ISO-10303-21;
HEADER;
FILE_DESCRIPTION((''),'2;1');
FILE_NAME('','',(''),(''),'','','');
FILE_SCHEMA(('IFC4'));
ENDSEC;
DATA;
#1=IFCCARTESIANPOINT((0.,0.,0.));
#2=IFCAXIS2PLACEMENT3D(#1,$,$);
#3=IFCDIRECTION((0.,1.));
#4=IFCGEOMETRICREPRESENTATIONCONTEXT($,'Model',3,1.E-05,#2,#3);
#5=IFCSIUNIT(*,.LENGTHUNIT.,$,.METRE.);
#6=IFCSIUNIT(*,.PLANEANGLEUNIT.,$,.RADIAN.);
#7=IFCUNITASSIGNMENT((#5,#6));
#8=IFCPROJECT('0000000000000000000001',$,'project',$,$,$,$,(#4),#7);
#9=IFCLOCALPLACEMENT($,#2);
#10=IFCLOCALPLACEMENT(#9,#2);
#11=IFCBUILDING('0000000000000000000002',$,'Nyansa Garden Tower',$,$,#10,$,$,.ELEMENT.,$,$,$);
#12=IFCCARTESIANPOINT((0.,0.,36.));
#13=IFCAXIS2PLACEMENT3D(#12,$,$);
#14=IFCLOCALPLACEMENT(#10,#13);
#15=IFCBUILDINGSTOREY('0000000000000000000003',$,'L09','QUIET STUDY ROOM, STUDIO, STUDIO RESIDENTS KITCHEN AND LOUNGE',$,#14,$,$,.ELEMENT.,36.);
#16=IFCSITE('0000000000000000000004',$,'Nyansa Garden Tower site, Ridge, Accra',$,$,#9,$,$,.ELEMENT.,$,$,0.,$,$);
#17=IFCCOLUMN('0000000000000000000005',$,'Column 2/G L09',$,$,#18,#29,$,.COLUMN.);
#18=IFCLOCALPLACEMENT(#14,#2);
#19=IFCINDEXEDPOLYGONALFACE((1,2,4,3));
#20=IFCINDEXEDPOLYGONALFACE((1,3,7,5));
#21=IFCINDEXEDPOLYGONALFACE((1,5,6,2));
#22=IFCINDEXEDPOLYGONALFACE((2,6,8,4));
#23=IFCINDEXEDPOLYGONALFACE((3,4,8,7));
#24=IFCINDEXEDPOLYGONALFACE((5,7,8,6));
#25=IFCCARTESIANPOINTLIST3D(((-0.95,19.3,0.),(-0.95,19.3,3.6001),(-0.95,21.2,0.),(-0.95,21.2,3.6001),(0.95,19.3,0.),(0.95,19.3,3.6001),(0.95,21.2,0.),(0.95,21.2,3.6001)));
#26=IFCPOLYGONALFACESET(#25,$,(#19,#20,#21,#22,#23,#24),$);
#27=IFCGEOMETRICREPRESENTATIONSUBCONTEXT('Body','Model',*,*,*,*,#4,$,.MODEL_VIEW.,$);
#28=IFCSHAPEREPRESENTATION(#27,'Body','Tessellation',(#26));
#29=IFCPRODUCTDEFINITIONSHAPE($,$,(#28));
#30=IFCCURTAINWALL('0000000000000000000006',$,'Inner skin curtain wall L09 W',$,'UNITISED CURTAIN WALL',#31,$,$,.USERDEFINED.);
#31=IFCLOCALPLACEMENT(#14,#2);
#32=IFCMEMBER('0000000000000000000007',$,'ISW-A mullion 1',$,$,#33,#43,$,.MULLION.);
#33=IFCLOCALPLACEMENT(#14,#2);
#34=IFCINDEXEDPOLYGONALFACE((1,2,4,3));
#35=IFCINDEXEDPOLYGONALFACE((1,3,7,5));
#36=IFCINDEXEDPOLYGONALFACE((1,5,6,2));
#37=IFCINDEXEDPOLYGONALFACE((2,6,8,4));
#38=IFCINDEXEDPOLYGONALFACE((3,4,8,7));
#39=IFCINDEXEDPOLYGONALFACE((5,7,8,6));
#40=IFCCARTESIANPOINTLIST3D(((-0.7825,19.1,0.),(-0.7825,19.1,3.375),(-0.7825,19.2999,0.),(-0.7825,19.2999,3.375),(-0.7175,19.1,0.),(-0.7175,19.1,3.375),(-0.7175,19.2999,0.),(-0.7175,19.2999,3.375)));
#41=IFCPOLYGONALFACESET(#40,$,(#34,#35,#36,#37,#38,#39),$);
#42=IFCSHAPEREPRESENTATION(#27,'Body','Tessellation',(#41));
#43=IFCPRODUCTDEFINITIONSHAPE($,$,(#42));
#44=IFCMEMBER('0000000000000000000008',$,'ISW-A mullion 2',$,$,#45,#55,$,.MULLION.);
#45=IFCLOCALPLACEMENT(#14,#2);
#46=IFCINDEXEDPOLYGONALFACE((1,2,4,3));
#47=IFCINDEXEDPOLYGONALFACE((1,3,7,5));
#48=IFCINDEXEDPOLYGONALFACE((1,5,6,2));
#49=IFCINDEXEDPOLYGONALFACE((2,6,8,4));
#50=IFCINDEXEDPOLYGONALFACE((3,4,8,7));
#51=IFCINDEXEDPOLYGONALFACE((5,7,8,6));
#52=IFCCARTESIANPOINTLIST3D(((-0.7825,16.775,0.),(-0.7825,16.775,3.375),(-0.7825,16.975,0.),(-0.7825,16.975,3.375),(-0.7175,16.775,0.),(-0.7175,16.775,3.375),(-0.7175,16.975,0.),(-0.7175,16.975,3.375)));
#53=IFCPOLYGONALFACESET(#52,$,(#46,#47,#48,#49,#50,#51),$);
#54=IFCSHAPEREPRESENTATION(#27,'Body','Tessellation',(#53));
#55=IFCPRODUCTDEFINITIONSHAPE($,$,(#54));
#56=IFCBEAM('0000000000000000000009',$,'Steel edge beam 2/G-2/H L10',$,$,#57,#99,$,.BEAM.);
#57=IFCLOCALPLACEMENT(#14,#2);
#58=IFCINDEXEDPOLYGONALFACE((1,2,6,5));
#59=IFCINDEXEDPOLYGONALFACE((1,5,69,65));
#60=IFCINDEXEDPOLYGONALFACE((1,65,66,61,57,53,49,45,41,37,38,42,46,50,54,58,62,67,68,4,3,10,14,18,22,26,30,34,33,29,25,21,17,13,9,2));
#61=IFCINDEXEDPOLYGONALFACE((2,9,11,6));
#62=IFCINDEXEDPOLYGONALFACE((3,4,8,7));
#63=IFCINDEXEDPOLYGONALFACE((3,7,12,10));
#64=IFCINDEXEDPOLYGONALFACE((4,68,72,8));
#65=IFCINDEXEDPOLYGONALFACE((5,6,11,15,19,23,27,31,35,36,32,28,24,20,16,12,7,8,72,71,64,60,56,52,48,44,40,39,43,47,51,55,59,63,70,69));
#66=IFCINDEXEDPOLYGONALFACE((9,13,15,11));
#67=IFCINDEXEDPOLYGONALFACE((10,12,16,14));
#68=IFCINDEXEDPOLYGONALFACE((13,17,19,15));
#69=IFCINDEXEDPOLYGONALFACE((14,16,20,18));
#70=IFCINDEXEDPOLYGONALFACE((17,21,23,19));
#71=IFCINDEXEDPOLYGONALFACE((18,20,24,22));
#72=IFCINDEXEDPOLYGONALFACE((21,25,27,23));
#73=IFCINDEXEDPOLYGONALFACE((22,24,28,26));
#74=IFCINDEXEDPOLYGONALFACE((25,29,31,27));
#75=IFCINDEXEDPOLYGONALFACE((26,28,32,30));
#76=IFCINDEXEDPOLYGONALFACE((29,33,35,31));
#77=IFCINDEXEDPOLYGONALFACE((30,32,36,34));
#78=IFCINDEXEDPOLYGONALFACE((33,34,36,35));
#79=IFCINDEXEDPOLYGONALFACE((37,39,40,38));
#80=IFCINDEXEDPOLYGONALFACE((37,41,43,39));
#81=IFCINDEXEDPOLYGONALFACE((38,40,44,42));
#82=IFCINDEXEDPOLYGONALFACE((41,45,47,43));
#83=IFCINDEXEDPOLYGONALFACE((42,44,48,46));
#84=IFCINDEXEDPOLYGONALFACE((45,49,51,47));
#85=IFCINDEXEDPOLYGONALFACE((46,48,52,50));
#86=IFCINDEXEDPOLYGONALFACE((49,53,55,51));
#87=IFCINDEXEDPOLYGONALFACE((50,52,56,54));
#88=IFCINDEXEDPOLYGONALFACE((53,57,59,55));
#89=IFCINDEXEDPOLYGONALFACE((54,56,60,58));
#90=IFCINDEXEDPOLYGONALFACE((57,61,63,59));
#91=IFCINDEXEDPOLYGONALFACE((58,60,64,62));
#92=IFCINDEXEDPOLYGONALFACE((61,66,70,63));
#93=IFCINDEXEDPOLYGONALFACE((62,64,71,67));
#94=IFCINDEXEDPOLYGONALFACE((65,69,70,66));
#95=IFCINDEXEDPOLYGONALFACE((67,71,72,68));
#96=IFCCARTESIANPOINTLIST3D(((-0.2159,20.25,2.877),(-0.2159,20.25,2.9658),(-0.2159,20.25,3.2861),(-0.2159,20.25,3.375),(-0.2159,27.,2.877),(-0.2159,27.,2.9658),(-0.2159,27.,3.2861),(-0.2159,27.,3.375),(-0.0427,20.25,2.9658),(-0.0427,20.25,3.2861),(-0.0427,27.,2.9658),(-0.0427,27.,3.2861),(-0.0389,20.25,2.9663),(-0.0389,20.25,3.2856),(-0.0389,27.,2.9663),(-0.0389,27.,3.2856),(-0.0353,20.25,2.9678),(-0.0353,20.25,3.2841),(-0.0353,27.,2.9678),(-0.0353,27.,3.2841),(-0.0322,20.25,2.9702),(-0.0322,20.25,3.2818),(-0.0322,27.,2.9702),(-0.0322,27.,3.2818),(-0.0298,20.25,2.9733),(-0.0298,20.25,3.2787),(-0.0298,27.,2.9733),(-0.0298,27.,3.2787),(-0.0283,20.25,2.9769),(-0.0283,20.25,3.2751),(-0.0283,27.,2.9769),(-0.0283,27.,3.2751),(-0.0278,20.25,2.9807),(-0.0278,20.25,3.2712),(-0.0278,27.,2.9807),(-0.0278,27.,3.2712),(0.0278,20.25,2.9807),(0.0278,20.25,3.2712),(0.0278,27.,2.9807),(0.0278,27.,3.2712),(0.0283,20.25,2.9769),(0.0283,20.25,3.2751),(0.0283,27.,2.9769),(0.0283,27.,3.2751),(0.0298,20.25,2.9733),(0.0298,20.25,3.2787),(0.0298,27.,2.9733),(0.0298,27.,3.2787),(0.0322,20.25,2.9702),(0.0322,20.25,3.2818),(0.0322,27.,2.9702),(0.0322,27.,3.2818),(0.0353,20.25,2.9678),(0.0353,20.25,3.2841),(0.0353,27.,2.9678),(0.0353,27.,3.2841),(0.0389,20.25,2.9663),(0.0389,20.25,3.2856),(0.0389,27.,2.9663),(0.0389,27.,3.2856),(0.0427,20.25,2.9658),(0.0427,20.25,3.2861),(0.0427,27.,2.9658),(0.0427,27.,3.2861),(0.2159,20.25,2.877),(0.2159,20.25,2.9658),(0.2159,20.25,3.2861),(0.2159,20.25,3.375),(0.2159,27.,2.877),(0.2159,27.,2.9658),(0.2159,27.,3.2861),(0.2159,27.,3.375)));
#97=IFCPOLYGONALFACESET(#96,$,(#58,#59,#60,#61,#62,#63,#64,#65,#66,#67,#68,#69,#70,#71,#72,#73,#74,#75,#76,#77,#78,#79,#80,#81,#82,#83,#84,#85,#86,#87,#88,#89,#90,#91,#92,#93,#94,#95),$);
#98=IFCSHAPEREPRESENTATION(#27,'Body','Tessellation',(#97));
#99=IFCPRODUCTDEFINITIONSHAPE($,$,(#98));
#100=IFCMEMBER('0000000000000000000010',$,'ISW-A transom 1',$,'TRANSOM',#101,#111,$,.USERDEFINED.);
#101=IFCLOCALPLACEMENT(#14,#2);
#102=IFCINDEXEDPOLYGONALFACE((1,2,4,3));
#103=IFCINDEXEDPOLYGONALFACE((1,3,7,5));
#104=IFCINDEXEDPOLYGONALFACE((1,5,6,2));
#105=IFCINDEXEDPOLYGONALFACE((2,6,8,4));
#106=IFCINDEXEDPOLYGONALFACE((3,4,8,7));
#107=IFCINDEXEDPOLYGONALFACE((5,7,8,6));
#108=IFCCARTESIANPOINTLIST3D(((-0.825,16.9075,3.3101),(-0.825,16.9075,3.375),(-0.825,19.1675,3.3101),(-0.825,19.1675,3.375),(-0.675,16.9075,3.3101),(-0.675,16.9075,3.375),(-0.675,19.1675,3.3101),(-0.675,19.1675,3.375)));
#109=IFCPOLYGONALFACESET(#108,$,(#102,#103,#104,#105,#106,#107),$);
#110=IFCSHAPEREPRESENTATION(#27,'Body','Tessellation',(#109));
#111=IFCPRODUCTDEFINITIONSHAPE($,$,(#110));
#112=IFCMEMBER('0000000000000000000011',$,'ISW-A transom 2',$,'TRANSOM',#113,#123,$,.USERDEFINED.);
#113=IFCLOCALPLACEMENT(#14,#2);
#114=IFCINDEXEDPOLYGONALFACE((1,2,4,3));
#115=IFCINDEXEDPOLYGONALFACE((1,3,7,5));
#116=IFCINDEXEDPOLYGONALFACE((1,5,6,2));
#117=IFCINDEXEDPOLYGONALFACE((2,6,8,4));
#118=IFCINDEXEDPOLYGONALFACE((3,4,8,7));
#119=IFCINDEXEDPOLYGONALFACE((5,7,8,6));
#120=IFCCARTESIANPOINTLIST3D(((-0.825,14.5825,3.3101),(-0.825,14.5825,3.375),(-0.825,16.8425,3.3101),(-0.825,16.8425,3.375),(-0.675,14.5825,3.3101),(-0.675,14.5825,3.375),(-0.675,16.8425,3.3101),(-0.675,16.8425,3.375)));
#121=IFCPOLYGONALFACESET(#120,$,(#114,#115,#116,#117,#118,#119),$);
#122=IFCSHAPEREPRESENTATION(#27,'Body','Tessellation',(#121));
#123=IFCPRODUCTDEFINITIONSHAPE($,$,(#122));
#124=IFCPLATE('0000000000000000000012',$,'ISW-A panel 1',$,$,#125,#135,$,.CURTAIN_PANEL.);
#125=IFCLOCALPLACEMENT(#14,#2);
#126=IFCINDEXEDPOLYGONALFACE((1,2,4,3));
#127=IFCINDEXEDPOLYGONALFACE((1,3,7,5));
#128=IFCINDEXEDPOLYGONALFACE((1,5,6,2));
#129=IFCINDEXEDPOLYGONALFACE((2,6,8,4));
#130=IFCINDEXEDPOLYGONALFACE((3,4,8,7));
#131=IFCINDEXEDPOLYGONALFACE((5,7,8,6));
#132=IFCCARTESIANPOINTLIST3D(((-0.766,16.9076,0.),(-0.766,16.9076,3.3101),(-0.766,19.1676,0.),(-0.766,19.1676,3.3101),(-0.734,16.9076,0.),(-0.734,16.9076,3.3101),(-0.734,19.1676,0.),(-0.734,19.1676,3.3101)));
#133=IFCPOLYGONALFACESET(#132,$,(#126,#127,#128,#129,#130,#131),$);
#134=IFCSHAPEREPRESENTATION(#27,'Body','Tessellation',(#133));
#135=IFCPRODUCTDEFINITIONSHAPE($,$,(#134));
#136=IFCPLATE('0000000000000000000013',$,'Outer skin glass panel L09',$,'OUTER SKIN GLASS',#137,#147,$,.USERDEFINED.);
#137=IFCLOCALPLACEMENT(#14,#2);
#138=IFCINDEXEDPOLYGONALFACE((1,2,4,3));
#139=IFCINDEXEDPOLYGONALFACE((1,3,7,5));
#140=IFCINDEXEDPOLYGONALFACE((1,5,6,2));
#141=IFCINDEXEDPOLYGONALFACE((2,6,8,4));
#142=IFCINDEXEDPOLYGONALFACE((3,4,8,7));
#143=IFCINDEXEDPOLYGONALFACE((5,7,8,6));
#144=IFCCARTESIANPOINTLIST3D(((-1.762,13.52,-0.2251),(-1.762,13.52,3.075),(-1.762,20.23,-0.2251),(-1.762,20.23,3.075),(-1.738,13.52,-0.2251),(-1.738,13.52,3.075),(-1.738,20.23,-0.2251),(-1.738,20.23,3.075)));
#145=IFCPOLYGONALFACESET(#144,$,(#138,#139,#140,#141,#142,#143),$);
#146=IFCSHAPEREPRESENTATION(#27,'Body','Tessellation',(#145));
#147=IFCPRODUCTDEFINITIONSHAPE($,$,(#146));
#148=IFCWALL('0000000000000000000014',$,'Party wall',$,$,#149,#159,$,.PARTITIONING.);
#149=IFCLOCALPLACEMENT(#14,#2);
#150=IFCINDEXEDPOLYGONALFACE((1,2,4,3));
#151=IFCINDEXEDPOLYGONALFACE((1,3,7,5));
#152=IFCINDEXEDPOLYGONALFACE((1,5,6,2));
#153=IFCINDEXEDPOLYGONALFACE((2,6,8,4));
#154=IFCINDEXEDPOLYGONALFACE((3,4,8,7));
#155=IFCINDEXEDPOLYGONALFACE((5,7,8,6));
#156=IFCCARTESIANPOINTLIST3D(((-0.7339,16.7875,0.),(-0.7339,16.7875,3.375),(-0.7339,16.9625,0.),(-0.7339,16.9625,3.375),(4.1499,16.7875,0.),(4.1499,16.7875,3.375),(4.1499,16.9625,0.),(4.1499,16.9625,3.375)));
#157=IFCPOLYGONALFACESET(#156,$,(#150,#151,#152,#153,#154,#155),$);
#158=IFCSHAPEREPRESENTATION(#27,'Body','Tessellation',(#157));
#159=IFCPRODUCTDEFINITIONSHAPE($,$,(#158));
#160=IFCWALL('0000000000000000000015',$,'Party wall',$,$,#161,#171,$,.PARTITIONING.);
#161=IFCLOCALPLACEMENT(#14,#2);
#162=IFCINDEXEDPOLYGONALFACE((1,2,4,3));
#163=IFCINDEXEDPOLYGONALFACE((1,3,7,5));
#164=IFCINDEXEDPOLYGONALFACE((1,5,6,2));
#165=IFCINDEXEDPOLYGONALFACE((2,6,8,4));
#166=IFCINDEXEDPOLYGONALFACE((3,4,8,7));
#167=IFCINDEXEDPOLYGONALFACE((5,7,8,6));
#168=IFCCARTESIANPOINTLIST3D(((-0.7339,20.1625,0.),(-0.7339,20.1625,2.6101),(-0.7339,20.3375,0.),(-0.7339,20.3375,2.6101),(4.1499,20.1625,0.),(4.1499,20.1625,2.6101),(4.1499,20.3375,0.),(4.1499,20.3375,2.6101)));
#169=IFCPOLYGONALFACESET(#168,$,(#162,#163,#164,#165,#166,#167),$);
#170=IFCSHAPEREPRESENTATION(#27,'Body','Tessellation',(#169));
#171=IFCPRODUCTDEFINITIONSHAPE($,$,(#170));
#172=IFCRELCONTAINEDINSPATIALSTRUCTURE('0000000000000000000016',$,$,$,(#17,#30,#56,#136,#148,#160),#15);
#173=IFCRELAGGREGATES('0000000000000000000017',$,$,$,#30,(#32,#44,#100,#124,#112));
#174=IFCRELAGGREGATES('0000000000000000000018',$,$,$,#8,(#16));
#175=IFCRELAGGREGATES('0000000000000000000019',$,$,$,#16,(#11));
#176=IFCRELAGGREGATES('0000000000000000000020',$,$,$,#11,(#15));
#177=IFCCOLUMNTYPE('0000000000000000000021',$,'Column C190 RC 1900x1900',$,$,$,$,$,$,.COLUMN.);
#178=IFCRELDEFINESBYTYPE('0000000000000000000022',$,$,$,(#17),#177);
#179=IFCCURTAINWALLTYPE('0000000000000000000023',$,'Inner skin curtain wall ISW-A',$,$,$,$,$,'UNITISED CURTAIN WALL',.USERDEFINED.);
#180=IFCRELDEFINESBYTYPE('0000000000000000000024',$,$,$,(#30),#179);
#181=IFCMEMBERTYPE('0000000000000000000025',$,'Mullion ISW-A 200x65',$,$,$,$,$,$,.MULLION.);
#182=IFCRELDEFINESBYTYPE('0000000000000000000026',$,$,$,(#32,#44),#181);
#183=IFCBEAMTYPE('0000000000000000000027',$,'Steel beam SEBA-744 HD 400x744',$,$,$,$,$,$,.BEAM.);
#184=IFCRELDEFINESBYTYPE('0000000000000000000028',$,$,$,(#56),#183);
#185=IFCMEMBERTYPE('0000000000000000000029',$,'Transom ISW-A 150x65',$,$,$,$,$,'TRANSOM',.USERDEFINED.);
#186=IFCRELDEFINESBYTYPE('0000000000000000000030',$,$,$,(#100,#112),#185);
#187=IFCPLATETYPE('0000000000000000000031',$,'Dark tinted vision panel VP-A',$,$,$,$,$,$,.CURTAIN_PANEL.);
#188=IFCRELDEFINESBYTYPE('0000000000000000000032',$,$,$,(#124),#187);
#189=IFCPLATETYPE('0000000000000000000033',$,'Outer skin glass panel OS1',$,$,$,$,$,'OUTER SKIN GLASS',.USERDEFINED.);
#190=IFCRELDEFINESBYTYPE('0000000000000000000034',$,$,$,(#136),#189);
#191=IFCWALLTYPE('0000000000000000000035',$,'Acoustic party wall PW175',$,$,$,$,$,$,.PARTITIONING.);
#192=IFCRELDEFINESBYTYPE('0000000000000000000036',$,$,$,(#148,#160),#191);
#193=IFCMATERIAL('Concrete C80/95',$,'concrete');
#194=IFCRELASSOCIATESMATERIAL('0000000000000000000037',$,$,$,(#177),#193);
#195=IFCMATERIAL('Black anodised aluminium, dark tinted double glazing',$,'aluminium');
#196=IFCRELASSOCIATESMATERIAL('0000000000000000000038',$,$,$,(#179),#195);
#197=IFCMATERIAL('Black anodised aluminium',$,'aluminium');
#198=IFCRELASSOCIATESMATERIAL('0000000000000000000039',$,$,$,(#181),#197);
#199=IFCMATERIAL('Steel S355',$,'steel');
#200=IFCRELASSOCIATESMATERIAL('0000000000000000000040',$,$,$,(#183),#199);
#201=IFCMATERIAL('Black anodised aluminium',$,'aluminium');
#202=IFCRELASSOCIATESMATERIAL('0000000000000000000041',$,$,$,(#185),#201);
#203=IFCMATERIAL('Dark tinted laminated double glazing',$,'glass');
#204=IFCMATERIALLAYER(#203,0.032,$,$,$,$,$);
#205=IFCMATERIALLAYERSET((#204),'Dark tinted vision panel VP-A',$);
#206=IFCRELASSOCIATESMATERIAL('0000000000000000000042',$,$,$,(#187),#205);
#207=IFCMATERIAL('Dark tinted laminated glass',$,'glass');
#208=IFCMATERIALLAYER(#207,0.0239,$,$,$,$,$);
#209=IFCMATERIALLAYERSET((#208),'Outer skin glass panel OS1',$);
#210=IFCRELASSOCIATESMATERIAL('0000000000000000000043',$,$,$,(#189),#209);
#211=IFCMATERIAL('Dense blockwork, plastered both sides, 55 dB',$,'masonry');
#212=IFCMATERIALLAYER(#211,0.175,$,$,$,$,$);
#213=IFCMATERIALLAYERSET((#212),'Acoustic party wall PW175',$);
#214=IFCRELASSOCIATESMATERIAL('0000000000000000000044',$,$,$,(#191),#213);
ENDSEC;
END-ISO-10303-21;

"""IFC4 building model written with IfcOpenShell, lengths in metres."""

from ifc_helpers import new_model, si_unit, direction, frame, frame_2d, origin, origin_2d, place, context, subcontext, project, spatial, rectangle, i_section, extrude, material, layer, layer_set, material_profile, profile_set, type_object, element, aggregate, save


model = new_model("IFC4")

# Units and contexts
model_context = context("Model", 3, precision=1e-05, world=origin(), true_north=direction((0.0, 1.0)))
body_context = subcontext(model_context, "Body", "Model", "MODEL_VIEW")
ifc_project = project(units=[si_unit("LENGTHUNIT", "METRE"), si_unit("PLANEANGLEUNIT", "RADIAN")], contexts=[model_context])

# Site, building, storey
site_placement = place(None, origin())
site = spatial("IfcSite", under=ifc_project, at=site_placement, Name="Nyansa Garden Tower site, Ridge, Accra", CompositionType="ELEMENT", RefElevation=0.0)
building_placement = place(site_placement, origin())
building = spatial("IfcBuilding", under=site, at=building_placement, Name="Nyansa Garden Tower", CompositionType="ELEMENT")
storey_placement = place(building_placement, frame((0.0, 0.0, 36.0)))
storey = spatial("IfcBuildingStorey", under=building, at=storey_placement, Name="L09", Description="QUIET STUDY ROOM, STUDIO, STUDIO RESIDENTS KITCHEN AND LOUNGE", CompositionType="ELEMENT", Elevation=36.0)

# Column
ifc_material_1 = material(Name="Concrete C80/95", Category="concrete")
ifc_material_profile_1 = material_profile(ifc_material_1, rectangle(XDim=1.8999, YDim=1.8999, at=origin_2d()), Name="RC 1900x1900")
ifc_profile_set_1 = profile_set([ifc_material_profile_1], Name="Concrete C80/95")
column_type = type_object("IfcColumnType", Name="Column C190 RC 1900x1900", PredefinedType="COLUMN", material=ifc_profile_set_1)
column_placement = place(storey_placement, frame((0.0, 20.25, 0.0), z_axis=(0.0, 0.0, 1.0), x_axis=(1.0, 0.0, 0.0)))
element("IfcColumn", 1, at=column_placement, inside=storey, type_object=column_type, Name="Column 2/G L09", PredefinedType="COLUMN", context=body_context, shape_type="SweptSolid", body=[
    extrude(rectangle(XDim=1.8999, YDim=1.8999, at=origin_2d()), origin(), (0.0, 0.0, 1.0), 3.6001),
])

# Curtain wall, members
ifc_material_2 = material(Name="Black anodised aluminium, dark tinted double glazing", Category="aluminium")
curtain_wall_type = type_object("IfcCurtainWallType", Name="Inner skin curtain wall ISW-A", ElementType="UNITISED CURTAIN WALL", PredefinedType="USERDEFINED", material=ifc_material_2)
curtain_wall_placement = place(storey_placement, origin())
curtain_wall = element("IfcCurtainWall", 2, at=curtain_wall_placement, inside=storey, type_object=curtain_wall_type, Name="Inner skin curtain wall L09 W", ObjectType="UNITISED CURTAIN WALL", PredefinedType="USERDEFINED")
ifc_material_3 = material(Name="Black anodised aluminium", Category="aluminium")
ifc_material_profile_2 = material_profile(ifc_material_3, rectangle(XDim=0.0649, YDim=0.2, at=origin_2d()), Name="Mullion 200x65")
ifc_profile_set_2 = profile_set([ifc_material_profile_2], Name="Black anodised aluminium")
member_type_1 = type_object("IfcMemberType", Name="Mullion ISW-A 200x65", PredefinedType="MULLION", material=ifc_profile_set_2)
member_1_placement = place(storey_placement, frame((-0.75, 19.2, 0.0), z_axis=(0.0, 0.0, 1.0), x_axis=(1.0, 0.0, 0.0)))
member_1 = element("IfcMember", 3, at=member_1_placement, type_object=member_type_1, Name="ISW-A mullion 1", PredefinedType="MULLION", context=body_context, shape_type="SweptSolid", body=[
    extrude(rectangle(XDim=0.0649, YDim=0.2, at=origin_2d()), origin(), (0.0, 0.0, 1.0), 3.375),
])
member_2_placement = place(storey_placement, frame((-0.75, 16.875, 0.0), z_axis=(0.0, 0.0, 1.0), x_axis=(1.0, 0.0, 0.0)))
member_2 = element("IfcMember", 4, at=member_2_placement, type_object=member_type_1, Name="ISW-A mullion 2", PredefinedType="MULLION", context=body_context, shape_type="SweptSolid", body=[
    extrude(rectangle(XDim=0.0649, YDim=0.2, at=origin_2d()), origin(), (0.0, 0.0, 1.0), 3.375),
])

# Beam
ifc_material_4 = material(Name="Steel S355", Category="steel")
ifc_material_profile_3 = material_profile(ifc_material_4, i_section(OverallWidth=0.4319, OverallDepth=0.498, WebThickness=0.0557, FlangeThickness=0.0889, FilletRadius=0.0149, at=origin_2d()), Name="HD 400x744")
ifc_profile_set_3 = profile_set([ifc_material_profile_3], Name="Steel S355")
beam_type = type_object("IfcBeamType", Name="Steel beam SEBA-744 HD 400x744", PredefinedType="BEAM", material=ifc_profile_set_3)
beam_placement = place(storey_placement, frame((0.0, 20.25, 3.126), z_axis=(0.0, 1.0, 0.0), x_axis=(-1.0, 0.0, 0.0)))
element("IfcBeam", 5, at=beam_placement, inside=storey, type_object=beam_type, Name="Steel edge beam 2/G-2/H L10", PredefinedType="BEAM", context=body_context, shape_type="SweptSolid", body=[
    extrude(i_section(OverallWidth=0.4319, OverallDepth=0.498, WebThickness=0.0557, FlangeThickness=0.0889, FilletRadius=0.0149, at=origin_2d()), origin(), (0.0, 0.0, 1.0), 6.75),
])

# Members
ifc_material_5 = material(Name="Black anodised aluminium", Category="aluminium")
ifc_material_profile_4 = material_profile(ifc_material_5, rectangle(XDim=0.1499, YDim=0.0649, at=origin_2d()), Name="Transom 150x65")
ifc_profile_set_4 = profile_set([ifc_material_profile_4], Name="Black anodised aluminium")
member_type_2 = type_object("IfcMemberType", Name="Transom ISW-A 150x65", ElementType="TRANSOM", PredefinedType="USERDEFINED", material=ifc_profile_set_4)
member_3_placement = place(storey_placement, frame((-0.75, 19.1675, 3.3425), z_axis=(0.0, -1.0, 0.0), x_axis=(1.0, 0.0, 0.0)))
member_3 = element("IfcMember", 6, at=member_3_placement, type_object=member_type_2, Name="ISW-A transom 1", ObjectType="TRANSOM", PredefinedType="USERDEFINED", context=body_context, shape_type="SweptSolid", body=[
    extrude(rectangle(XDim=0.1499, YDim=0.0649, at=origin_2d()), origin(), (0.0, 0.0, 1.0), 2.26),
])
member_4_placement = place(storey_placement, frame((-0.75, 16.8425, 3.3425), z_axis=(0.0, -1.0, 0.0), x_axis=(1.0, 0.0, 0.0)))
member_4 = element("IfcMember", 7, at=member_4_placement, type_object=member_type_2, Name="ISW-A transom 2", ObjectType="TRANSOM", PredefinedType="USERDEFINED", context=body_context, shape_type="SweptSolid", body=[
    extrude(rectangle(XDim=0.1499, YDim=0.0649, at=origin_2d()), origin(), (0.0, 0.0, 1.0), 2.26),
])

# Plates
ifc_material_6 = material(Name="Dark tinted laminated double glazing", Category="glass")
ifc_layer_1 = layer(ifc_material_6, 0.032)
ifc_layer_set_1 = layer_set([ifc_layer_1], Name="Dark tinted vision panel VP-A")
plate_type_1 = type_object("IfcPlateType", Name="Dark tinted vision panel VP-A", PredefinedType="CURTAIN_PANEL", material=ifc_layer_set_1)
plate_1_placement = place(storey_placement, frame((-0.75, 18.0376, 0.0), z_axis=(0.0, 0.0, 1.0), x_axis=(0.0, -1.0, 0.0)))
plate_1 = element("IfcPlate", 8, at=plate_1_placement, type_object=plate_type_1, Name="ISW-A panel 1", PredefinedType="CURTAIN_PANEL", context=body_context, shape_type="SweptSolid", body=[
    extrude(rectangle(XDim=2.26, YDim=0.032, at=origin_2d()), origin(), (0.0, 0.0, 1.0), 3.3101),
])
aggregate(curtain_wall, [member_1, member_2, member_3, plate_1, member_4])
ifc_material_7 = material(Name="Dark tinted laminated glass", Category="glass")
ifc_layer_2 = layer(ifc_material_7, 0.0239)
ifc_layer_set_2 = layer_set([ifc_layer_2], Name="Outer skin glass panel OS1")
plate_type_2 = type_object("IfcPlateType", Name="Outer skin glass panel OS1", ElementType="OUTER SKIN GLASS", PredefinedType="USERDEFINED", material=ifc_layer_set_2)
plate_2_placement = place(storey_placement, frame((-1.75, 16.875, -0.2251), z_axis=(0.0, 0.0, 1.0), x_axis=(0.0, 1.0, 0.0)))
element("IfcPlate", 9, at=plate_2_placement, inside=storey, type_object=plate_type_2, Name="Outer skin glass panel L09", ObjectType="OUTER SKIN GLASS", PredefinedType="USERDEFINED", context=body_context, shape_type="SweptSolid", body=[
    extrude(rectangle(XDim=6.71, YDim=0.0239, at=origin_2d()), origin(), (0.0, 0.0, 1.0), 3.3),
])

# Walls
ifc_material_8 = material(Name="Dense blockwork, plastered both sides, 55 dB", Category="masonry")
ifc_layer_3 = layer(ifc_material_8, 0.175)
ifc_layer_set_3 = layer_set([ifc_layer_3], Name="Acoustic party wall PW175")
wall_type_1 = type_object("IfcWallType", Name="Acoustic party wall PW175", PredefinedType="PARTITIONING", material=ifc_layer_set_3)
wall_1_placement = place(storey_placement, frame((-0.7339, 16.875, 0.0), z_axis=(0.0, 0.0, 1.0), x_axis=(1.0, 0.0, 0.0)))
element("IfcWall", 10, at=wall_1_placement, inside=storey, type_object=wall_type_1, Name="Party wall", PredefinedType="PARTITIONING", context=body_context, shape_type="SweptSolid", body=[
    extrude(rectangle(XDim=4.8838, YDim=0.175, at=frame_2d((2.4419, 0.0))), origin(), (0.0, 0.0, 1.0), 3.375),
])
wall_2_placement = place(storey_placement, frame((-0.7339, 20.25, 0.0), z_axis=(0.0, 0.0, 1.0), x_axis=(1.0, 0.0, 0.0)))
element("IfcWall", 11, at=wall_2_placement, inside=storey, type_object=wall_type_1, Name="Party wall", PredefinedType="PARTITIONING", context=body_context, shape_type="SweptSolid", body=[
    extrude(rectangle(XDim=4.8838, YDim=0.175, at=frame_2d((2.4419, 0.0))), origin(), (0.0, 0.0, 1.0), 2.6101),
])

save(model, "model.ifc")
